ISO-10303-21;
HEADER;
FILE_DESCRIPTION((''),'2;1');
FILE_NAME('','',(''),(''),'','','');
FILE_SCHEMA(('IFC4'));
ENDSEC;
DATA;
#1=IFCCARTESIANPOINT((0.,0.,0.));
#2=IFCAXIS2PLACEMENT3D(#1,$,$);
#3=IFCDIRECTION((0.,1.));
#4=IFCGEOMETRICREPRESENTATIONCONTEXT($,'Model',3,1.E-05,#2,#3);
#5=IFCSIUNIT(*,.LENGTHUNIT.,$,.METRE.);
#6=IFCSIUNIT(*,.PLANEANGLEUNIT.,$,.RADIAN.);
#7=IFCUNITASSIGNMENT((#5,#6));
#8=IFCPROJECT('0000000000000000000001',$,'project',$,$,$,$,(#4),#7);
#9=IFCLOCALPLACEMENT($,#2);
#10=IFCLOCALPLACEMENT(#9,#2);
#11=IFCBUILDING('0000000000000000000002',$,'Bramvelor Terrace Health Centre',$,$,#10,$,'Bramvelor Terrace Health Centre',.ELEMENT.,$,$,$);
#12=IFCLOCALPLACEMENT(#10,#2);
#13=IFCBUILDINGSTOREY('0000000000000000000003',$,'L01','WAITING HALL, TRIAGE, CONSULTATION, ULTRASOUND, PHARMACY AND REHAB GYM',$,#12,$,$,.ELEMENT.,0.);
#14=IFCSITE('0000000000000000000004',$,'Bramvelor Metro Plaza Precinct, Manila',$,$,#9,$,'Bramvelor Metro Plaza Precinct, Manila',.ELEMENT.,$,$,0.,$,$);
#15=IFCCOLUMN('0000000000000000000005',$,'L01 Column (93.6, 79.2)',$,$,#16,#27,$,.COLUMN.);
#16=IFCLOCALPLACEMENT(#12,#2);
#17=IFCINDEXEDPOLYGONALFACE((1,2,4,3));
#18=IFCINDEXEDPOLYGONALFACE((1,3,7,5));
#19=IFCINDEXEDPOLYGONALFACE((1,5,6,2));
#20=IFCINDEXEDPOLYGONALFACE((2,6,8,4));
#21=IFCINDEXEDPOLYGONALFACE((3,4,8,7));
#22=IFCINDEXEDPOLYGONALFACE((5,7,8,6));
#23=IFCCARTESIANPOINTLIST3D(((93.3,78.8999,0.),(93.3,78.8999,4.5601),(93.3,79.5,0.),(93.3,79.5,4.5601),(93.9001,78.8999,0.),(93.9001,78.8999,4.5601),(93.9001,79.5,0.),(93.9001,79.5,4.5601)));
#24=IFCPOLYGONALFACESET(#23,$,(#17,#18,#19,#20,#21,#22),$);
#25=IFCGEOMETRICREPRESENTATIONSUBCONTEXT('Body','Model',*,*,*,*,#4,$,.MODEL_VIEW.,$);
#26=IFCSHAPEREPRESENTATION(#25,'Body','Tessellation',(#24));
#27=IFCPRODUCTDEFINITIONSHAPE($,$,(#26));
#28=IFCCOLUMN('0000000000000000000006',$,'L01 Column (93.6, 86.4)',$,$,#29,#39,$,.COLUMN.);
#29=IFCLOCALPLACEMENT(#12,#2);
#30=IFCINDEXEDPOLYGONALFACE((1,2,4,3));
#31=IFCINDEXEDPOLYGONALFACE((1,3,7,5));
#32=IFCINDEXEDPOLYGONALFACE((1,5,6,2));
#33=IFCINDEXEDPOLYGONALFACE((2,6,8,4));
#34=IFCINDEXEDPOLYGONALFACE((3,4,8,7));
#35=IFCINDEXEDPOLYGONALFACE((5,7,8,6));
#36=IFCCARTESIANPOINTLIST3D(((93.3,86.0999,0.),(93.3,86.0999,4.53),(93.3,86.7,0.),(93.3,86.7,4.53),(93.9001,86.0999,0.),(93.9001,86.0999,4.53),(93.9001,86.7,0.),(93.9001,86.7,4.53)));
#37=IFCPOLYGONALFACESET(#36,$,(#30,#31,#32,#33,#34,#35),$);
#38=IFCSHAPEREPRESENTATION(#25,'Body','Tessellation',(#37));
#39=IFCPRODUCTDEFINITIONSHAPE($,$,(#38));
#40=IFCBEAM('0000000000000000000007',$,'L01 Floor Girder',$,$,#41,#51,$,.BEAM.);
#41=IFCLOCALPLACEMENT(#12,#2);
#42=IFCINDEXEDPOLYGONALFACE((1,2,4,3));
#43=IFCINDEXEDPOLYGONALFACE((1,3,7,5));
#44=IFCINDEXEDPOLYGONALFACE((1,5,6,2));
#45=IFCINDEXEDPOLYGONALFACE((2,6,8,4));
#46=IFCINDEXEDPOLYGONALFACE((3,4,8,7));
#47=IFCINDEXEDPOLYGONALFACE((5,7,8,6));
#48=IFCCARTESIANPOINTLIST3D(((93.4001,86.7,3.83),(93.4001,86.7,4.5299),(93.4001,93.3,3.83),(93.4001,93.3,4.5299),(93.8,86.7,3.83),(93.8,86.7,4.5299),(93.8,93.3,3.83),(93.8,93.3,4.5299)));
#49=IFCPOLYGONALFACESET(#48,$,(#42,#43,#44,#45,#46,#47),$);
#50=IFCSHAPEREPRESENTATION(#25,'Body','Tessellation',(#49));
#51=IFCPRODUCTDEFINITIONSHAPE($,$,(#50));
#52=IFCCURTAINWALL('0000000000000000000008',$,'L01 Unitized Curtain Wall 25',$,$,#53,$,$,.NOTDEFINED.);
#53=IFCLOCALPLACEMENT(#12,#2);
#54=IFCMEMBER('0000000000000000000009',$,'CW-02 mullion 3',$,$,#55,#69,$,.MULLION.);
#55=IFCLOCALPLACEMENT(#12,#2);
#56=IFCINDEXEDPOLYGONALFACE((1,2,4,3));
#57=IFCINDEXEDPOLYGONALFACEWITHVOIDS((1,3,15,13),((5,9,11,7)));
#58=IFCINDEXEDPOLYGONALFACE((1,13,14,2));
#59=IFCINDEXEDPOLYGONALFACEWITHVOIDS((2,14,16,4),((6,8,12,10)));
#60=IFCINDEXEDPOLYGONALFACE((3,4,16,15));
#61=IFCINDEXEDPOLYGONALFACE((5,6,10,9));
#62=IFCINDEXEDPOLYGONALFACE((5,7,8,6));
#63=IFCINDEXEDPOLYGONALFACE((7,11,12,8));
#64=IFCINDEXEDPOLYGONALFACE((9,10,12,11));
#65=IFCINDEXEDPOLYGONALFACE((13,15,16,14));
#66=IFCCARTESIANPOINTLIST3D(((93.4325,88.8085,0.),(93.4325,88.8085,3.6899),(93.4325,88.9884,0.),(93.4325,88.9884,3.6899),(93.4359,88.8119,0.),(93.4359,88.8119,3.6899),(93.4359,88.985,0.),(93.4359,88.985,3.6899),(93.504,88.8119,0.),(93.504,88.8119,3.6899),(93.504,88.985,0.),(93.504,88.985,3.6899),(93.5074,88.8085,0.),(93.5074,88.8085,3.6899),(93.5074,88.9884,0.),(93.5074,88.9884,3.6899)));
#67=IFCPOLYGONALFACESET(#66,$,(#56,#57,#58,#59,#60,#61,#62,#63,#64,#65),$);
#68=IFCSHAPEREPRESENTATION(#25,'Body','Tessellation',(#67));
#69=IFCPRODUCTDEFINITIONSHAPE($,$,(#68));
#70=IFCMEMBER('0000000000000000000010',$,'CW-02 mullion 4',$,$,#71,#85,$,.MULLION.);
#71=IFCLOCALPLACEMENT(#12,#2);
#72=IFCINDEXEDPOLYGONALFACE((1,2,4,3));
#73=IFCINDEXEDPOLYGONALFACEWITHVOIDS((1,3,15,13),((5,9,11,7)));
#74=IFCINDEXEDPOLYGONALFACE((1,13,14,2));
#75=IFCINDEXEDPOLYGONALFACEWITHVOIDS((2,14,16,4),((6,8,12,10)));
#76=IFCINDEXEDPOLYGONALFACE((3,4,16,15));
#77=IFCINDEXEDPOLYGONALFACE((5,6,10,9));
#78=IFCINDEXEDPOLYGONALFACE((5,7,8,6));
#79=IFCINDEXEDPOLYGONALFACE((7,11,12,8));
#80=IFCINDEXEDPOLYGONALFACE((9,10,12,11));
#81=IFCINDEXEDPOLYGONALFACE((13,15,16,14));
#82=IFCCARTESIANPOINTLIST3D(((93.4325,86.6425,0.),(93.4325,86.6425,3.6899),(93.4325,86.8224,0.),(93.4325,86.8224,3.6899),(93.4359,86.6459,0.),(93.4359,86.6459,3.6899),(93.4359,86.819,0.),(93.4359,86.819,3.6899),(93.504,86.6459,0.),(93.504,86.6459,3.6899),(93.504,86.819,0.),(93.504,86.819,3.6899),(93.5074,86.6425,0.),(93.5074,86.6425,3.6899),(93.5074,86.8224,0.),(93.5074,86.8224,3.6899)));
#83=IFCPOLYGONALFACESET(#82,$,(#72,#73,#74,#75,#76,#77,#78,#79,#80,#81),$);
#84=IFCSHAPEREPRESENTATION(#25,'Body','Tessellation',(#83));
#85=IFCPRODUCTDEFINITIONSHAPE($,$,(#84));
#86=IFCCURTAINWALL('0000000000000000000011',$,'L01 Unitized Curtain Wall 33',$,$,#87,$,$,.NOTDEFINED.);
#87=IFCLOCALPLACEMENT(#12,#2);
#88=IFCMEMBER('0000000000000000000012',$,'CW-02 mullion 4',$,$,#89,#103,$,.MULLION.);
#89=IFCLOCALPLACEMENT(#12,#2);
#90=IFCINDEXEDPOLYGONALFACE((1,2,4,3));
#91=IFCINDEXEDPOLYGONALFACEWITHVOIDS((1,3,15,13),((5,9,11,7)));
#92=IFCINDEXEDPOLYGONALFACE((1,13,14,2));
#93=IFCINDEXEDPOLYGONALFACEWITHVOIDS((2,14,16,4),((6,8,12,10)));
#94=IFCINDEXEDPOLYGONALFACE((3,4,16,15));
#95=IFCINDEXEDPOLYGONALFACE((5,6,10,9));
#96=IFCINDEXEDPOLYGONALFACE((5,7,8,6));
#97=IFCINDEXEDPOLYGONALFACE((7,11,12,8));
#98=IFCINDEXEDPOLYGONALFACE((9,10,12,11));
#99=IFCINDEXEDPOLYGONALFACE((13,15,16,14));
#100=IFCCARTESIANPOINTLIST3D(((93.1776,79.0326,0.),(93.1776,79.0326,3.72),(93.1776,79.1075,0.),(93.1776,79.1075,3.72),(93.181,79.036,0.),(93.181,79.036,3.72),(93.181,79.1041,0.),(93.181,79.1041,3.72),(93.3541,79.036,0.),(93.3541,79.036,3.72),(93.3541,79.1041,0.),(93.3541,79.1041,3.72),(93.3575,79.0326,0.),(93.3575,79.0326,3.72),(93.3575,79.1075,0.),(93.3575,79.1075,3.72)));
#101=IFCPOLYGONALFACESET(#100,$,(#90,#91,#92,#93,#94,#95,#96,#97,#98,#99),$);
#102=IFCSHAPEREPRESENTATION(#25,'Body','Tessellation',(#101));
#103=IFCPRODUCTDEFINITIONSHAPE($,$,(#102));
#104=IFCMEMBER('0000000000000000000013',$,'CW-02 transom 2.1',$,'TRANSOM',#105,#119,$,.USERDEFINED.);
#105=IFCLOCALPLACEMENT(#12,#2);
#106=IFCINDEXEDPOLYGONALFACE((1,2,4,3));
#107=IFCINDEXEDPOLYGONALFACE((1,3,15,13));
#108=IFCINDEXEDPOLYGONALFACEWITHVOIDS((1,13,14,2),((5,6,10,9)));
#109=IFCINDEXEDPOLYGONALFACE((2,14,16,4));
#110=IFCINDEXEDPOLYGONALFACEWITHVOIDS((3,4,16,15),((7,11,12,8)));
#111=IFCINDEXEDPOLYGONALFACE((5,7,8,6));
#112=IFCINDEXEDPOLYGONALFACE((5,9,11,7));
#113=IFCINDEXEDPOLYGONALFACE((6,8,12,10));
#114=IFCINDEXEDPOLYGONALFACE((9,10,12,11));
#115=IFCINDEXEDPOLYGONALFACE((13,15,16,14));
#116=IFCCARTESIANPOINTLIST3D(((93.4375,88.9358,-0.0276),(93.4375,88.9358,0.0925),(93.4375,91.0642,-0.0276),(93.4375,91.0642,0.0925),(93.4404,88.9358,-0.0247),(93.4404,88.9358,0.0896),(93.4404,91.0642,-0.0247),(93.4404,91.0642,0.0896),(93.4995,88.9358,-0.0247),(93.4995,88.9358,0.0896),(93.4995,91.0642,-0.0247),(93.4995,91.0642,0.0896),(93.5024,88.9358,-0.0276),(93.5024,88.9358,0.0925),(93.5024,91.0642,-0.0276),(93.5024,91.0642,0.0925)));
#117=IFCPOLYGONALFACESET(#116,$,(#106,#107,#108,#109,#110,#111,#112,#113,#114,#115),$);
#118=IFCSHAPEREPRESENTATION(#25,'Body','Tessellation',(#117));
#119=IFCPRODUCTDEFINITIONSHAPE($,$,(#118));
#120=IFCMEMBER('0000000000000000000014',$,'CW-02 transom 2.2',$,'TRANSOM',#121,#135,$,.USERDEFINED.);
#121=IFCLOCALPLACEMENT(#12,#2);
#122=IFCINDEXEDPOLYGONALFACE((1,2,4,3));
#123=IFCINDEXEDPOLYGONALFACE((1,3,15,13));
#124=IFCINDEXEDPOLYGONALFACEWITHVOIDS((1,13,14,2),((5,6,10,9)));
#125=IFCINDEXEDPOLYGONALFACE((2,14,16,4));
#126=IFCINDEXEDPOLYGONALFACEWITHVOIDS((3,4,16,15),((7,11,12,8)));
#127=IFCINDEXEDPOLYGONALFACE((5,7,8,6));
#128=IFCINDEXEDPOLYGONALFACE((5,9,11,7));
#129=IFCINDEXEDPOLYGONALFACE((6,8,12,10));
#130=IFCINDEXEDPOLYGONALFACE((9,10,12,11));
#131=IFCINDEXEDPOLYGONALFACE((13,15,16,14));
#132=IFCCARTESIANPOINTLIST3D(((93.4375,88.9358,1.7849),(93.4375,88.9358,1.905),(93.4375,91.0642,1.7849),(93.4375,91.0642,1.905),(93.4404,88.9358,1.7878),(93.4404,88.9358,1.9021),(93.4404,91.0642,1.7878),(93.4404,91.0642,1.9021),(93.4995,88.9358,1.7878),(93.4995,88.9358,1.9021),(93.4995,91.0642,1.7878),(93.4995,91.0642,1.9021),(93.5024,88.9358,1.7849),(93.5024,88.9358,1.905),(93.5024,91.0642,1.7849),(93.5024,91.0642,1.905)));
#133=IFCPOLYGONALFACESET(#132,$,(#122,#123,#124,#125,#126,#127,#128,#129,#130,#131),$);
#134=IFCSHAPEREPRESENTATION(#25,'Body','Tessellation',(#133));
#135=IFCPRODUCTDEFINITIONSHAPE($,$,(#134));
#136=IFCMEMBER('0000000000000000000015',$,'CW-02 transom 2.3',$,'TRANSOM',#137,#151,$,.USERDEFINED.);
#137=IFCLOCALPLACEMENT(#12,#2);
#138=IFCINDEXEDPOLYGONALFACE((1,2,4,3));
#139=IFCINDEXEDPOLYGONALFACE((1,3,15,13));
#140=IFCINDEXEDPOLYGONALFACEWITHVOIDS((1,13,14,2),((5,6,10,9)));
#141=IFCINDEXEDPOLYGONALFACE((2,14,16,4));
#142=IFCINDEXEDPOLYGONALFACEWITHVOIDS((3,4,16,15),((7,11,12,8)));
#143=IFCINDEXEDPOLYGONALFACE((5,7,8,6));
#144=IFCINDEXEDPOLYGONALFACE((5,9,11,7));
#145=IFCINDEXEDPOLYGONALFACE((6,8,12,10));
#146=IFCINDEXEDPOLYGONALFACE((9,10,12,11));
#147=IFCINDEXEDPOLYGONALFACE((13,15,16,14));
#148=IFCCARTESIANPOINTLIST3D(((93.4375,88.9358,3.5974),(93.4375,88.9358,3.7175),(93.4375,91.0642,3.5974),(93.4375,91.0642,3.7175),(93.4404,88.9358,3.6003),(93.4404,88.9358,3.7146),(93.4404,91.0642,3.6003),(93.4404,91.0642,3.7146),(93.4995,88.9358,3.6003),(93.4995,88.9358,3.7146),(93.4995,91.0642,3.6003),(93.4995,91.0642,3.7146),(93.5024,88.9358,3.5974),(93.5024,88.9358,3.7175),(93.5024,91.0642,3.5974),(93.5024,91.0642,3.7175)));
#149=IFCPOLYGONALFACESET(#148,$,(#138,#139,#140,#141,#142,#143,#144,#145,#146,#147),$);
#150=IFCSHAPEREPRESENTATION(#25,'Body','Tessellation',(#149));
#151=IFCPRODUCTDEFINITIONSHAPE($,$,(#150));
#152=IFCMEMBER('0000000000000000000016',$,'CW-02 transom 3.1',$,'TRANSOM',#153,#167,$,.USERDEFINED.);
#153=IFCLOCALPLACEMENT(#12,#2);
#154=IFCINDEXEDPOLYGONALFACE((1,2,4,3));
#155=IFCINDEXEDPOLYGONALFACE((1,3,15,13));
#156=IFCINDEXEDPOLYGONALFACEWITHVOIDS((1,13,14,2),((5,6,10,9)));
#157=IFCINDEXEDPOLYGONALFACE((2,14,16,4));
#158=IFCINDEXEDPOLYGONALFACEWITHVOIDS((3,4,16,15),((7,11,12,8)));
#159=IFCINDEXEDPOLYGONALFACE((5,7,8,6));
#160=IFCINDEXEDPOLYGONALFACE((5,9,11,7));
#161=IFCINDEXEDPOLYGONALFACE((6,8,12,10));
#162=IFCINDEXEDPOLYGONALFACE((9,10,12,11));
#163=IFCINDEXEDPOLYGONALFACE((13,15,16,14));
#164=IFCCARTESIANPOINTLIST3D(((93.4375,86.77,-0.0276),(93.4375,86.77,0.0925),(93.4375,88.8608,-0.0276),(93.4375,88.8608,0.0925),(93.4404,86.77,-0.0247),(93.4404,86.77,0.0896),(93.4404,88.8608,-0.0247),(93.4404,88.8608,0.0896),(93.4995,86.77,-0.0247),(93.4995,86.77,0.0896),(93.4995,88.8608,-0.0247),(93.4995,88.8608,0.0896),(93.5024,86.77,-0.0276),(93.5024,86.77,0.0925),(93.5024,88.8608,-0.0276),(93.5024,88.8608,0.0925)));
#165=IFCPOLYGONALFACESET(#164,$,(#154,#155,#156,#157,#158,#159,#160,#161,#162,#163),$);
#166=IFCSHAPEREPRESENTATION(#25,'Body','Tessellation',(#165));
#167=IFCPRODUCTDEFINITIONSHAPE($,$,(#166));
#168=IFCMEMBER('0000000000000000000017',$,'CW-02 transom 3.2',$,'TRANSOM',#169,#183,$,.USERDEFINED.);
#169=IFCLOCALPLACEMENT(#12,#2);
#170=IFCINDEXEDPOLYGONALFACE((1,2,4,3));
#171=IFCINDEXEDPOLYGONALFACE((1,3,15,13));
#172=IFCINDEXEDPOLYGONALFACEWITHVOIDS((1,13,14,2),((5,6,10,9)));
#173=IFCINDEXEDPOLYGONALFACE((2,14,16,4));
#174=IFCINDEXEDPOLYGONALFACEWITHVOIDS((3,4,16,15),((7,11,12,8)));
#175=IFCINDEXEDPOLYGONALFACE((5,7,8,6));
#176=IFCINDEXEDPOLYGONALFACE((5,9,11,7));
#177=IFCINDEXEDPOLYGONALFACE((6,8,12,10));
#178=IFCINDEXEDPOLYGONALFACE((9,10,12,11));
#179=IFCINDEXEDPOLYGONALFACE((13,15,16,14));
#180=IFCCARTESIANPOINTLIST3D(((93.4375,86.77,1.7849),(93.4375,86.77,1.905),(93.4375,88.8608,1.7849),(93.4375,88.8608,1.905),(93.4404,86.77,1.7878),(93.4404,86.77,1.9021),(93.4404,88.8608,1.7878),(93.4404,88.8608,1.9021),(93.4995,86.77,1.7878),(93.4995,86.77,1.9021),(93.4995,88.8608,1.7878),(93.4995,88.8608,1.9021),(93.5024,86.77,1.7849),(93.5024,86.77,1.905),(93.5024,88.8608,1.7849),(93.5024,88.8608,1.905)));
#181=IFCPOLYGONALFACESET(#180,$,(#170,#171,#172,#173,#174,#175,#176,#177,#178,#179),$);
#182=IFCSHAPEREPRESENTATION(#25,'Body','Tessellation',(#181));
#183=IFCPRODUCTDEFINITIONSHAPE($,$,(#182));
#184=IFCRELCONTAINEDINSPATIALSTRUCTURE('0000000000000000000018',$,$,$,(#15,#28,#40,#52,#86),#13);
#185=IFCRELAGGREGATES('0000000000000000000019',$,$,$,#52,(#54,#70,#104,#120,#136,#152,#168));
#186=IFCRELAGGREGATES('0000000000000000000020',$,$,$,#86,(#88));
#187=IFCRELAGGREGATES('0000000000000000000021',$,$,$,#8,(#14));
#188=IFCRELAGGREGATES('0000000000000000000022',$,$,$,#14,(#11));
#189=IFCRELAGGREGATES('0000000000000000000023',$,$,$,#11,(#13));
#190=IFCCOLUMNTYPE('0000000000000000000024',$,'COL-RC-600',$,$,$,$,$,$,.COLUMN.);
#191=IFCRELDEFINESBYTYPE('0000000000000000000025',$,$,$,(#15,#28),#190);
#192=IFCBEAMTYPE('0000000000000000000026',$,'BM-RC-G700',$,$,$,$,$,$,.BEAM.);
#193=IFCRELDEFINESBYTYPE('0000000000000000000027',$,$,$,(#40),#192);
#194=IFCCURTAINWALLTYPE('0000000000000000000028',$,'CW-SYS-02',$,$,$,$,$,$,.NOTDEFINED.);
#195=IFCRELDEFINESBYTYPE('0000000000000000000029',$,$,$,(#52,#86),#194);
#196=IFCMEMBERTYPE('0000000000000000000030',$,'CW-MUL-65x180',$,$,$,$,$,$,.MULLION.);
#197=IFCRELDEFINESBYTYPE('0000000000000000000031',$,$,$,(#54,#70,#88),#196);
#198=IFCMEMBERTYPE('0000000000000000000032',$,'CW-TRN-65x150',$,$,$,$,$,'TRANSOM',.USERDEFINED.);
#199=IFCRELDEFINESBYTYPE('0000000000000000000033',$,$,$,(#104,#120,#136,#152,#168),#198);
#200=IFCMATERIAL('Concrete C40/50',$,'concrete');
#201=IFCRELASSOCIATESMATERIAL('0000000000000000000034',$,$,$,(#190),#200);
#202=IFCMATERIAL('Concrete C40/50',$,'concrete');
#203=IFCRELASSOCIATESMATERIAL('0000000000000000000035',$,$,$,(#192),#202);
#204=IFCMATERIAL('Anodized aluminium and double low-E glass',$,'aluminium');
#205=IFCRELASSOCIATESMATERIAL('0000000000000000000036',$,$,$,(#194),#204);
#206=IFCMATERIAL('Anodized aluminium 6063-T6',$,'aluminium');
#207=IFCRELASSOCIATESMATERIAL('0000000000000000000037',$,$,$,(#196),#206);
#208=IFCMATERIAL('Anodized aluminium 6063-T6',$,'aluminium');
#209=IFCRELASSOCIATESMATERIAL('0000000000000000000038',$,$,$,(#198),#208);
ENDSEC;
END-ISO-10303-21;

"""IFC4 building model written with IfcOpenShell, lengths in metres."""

from ifc_helpers import new_model, si_unit, direction, frame, origin, origin_2d, place, context, subcontext, project, spatial, rectangle, hollow_rectangle, extrude, material, material_profile, profile_set, type_object, element, aggregate, save


model = new_model("IFC4")

# Units and contexts
model_context = context("Model", 3, precision=1e-05, world=origin(), true_north=direction((0.0, 1.0)))
body_context = subcontext(model_context, "Body", "Model", "MODEL_VIEW")
ifc_project = project(units=[si_unit("LENGTHUNIT", "METRE"), si_unit("PLANEANGLEUNIT", "RADIAN")], contexts=[model_context])

# Site, building, storey
site_placement = place(None, origin())
site = spatial("IfcSite", under=ifc_project, at=site_placement, Name="Bramvelor Metro Plaza Precinct, Manila", LongName="Bramvelor Metro Plaza Precinct, Manila", CompositionType="ELEMENT", RefElevation=0.0)
building_placement = place(site_placement, origin())
building = spatial("IfcBuilding", under=site, at=building_placement, Name="Bramvelor Terrace Health Centre", LongName="Bramvelor Terrace Health Centre", CompositionType="ELEMENT")
storey_placement = place(building_placement, origin())
storey = spatial("IfcBuildingStorey", under=building, at=storey_placement, Name="L01", Description="WAITING HALL, TRIAGE, CONSULTATION, ULTRASOUND, PHARMACY AND REHAB GYM", CompositionType="ELEMENT", Elevation=0.0)

# Columns
ifc_material_1 = material(Name="Concrete C40/50", Category="concrete")
ifc_material_profile_1 = material_profile(ifc_material_1, rectangle(XDim=0.6001, YDim=0.6001, at=origin_2d()), Name="RC 600x600")
ifc_profile_set_1 = profile_set([ifc_material_profile_1], Name="Concrete C40/50")
column_type = type_object("IfcColumnType", Name="COL-RC-600", PredefinedType="COLUMN", material=ifc_profile_set_1)
column_1_placement = place(storey_placement, frame((93.6001, 79.2, 0.0), z_axis=(0.0, 0.0, 1.0), x_axis=(1.0, 0.0, 0.0)))
element("IfcColumn", 1, at=column_1_placement, inside=storey, type_object=column_type, Name="L01 Column (93.6, 79.2)", PredefinedType="COLUMN", context=body_context, shape_type="SweptSolid", body=[
    extrude(rectangle(XDim=0.6001, YDim=0.6001, at=origin_2d()), origin(), (0.0, 0.0, 1.0), 4.5601),
])
column_2_placement = place(storey_placement, frame((93.6001, 86.3999, 0.0), z_axis=(0.0, 0.0, 1.0), x_axis=(1.0, 0.0, 0.0)))
element("IfcColumn", 2, at=column_2_placement, inside=storey, type_object=column_type, Name="L01 Column (93.6, 86.4)", PredefinedType="COLUMN", context=body_context, shape_type="SweptSolid", body=[
    extrude(rectangle(XDim=0.6001, YDim=0.6001, at=origin_2d()), origin(), (0.0, 0.0, 1.0), 4.53),
])

# Beam
ifc_material_2 = material(Name="Concrete C40/50", Category="concrete")
ifc_material_profile_2 = material_profile(ifc_material_2, rectangle(XDim=0.3999, YDim=0.7, at=origin_2d()), Name="RC 400x700")
ifc_profile_set_2 = profile_set([ifc_material_profile_2], Name="Concrete C40/50")
beam_type = type_object("IfcBeamType", Name="BM-RC-G700", PredefinedType="BEAM", material=ifc_profile_set_2)
beam_placement = place(storey_placement, frame((93.6001, 86.7, 4.1799), z_axis=(0.0, 1.0, 0.0), x_axis=(-1.0, 0.0, 0.0)))
element("IfcBeam", 3, at=beam_placement, inside=storey, type_object=beam_type, Name="L01 Floor Girder", PredefinedType="BEAM", context=body_context, shape_type="SweptSolid", body=[
    extrude(rectangle(XDim=0.3999, YDim=0.7, at=origin_2d()), origin(), (0.0, 0.0, 1.0), 6.6001),
])

# Curtain wall, members
ifc_material_3 = material(Name="Anodized aluminium and double low-E glass", Category="aluminium")
curtain_wall_type = type_object("IfcCurtainWallType", Name="CW-SYS-02", PredefinedType="NOTDEFINED", material=ifc_material_3)
curtain_wall_1_placement = place(storey_placement, origin())
curtain_wall_1 = element("IfcCurtainWall", 4, at=curtain_wall_1_placement, inside=storey, type_object=curtain_wall_type, Name="L01 Unitized Curtain Wall 25", PredefinedType="NOTDEFINED")
ifc_material_4 = material(Name="Anodized aluminium 6063-T6", Category="aluminium")
ifc_material_profile_3 = material_profile(ifc_material_4, hollow_rectangle(XDim=0.075, YDim=0.1799, WallThickness=0.0034, at=origin_2d()), Name="ALU-MUL 75x180x3.5")
ifc_profile_set_3 = profile_set([ifc_material_profile_3], Name="Anodized aluminium 6063-T6")
member_type_1 = type_object("IfcMemberType", Name="CW-MUL-65x180", PredefinedType="MULLION", material=ifc_profile_set_3)
member_1_placement = place(storey_placement, frame((93.47, 88.8984, 0.0), z_axis=(0.0, 0.0, 1.0), x_axis=(1.0, 0.0, 0.0)))
member_1 = element("IfcMember", 5, at=member_1_placement, type_object=member_type_1, Name="CW-02 mullion 3", PredefinedType="MULLION", context=body_context, shape_type="SweptSolid", body=[
    extrude(hollow_rectangle(XDim=0.075, YDim=0.1799, WallThickness=0.0034, at=origin_2d()), origin(), (0.0, 0.0, 1.0), 3.6899),
])
member_2_placement = place(storey_placement, frame((93.47, 86.7324, 0.0), z_axis=(0.0, 0.0, 1.0), x_axis=(1.0, 0.0, 0.0)))
member_2 = element("IfcMember", 6, at=member_2_placement, type_object=member_type_1, Name="CW-02 mullion 4", PredefinedType="MULLION", context=body_context, shape_type="SweptSolid", body=[
    extrude(hollow_rectangle(XDim=0.075, YDim=0.1799, WallThickness=0.0034, at=origin_2d()), origin(), (0.0, 0.0, 1.0), 3.6899),
])

# Curtain wall, member
curtain_wall_2_placement = place(storey_placement, origin())
curtain_wall_2 = element("IfcCurtainWall", 7, at=curtain_wall_2_placement, inside=storey, type_object=curtain_wall_type, Name="L01 Unitized Curtain Wall 33", PredefinedType="NOTDEFINED")
member_3_placement = place(storey_placement, frame((93.2676, 79.0701, 0.0), z_axis=(0.0, 0.0, 1.0), x_axis=(0.0, 1.0, 0.0)))
member_3 = element("IfcMember", 8, at=member_3_placement, type_object=member_type_1, Name="CW-02 mullion 4", PredefinedType="MULLION", context=body_context, shape_type="SweptSolid", body=[
    extrude(hollow_rectangle(XDim=0.075, YDim=0.1799, WallThickness=0.0034, at=origin_2d()), origin(), (0.0, 0.0, 1.0), 3.72),
])

# Members
ifc_material_5 = material(Name="Anodized aluminium 6063-T6", Category="aluminium")
ifc_material_profile_4 = material_profile(ifc_material_5, hollow_rectangle(XDim=0.0649, YDim=0.1201, WallThickness=0.0029, at=origin_2d()), Name="ALU-TRN 65x120x3.0")
ifc_profile_set_4 = profile_set([ifc_material_profile_4], Name="Anodized aluminium 6063-T6")
member_type_2 = type_object("IfcMemberType", Name="CW-TRN-65x150", ElementType="TRANSOM", PredefinedType="USERDEFINED", material=ifc_profile_set_4)
member_4_placement = place(storey_placement, frame((93.47, 91.0642, 0.0325), z_axis=(0.0, -1.0, 0.0), x_axis=(1.0, 0.0, 0.0)))
member_4 = element("IfcMember", 9, at=member_4_placement, type_object=member_type_2, Name="CW-02 transom 2.1", ObjectType="TRANSOM", PredefinedType="USERDEFINED", context=body_context, shape_type="SweptSolid", body=[
    extrude(hollow_rectangle(XDim=0.0649, YDim=0.1201, WallThickness=0.0029, at=origin_2d()), origin(), (0.0, 0.0, 1.0), 2.1284),
])
member_5_placement = place(storey_placement, frame((93.47, 91.0642, 1.845), z_axis=(0.0, -1.0, 0.0), x_axis=(1.0, 0.0, 0.0)))
member_5 = element("IfcMember", 10, at=member_5_placement, type_object=member_type_2, Name="CW-02 transom 2.2", ObjectType="TRANSOM", PredefinedType="USERDEFINED", context=body_context, shape_type="SweptSolid", body=[
    extrude(hollow_rectangle(XDim=0.0649, YDim=0.1201, WallThickness=0.0029, at=origin_2d()), origin(), (0.0, 0.0, 1.0), 2.1284),
])
member_6_placement = place(storey_placement, frame((93.47, 91.0642, 3.6575), z_axis=(0.0, -1.0, 0.0), x_axis=(1.0, 0.0, 0.0)))
member_6 = element("IfcMember", 11, at=member_6_placement, type_object=member_type_2, Name="CW-02 transom 2.3", ObjectType="TRANSOM", PredefinedType="USERDEFINED", context=body_context, shape_type="SweptSolid", body=[
    extrude(hollow_rectangle(XDim=0.0649, YDim=0.1201, WallThickness=0.0029, at=origin_2d()), origin(), (0.0, 0.0, 1.0), 2.1284),
])
member_7_placement = place(storey_placement, frame((93.47, 88.8608, 0.0325), z_axis=(0.0, -1.0, 0.0), x_axis=(1.0, 0.0, 0.0)))
member_7 = element("IfcMember", 12, at=member_7_placement, type_object=member_type_2, Name="CW-02 transom 3.1", ObjectType="TRANSOM", PredefinedType="USERDEFINED", context=body_context, shape_type="SweptSolid", body=[
    extrude(hollow_rectangle(XDim=0.0649, YDim=0.1201, WallThickness=0.0029, at=origin_2d()), origin(), (0.0, 0.0, 1.0), 2.0908),
])
member_8_placement = place(storey_placement, frame((93.47, 88.8608, 1.845), z_axis=(0.0, -1.0, 0.0), x_axis=(1.0, 0.0, 0.0)))
member_8 = element("IfcMember", 13, at=member_8_placement, type_object=member_type_2, Name="CW-02 transom 3.2", ObjectType="TRANSOM", PredefinedType="USERDEFINED", context=body_context, shape_type="SweptSolid", body=[
    extrude(hollow_rectangle(XDim=0.0649, YDim=0.1201, WallThickness=0.0029, at=origin_2d()), origin(), (0.0, 0.0, 1.0), 2.0908),
])

aggregate(curtain_wall_1, [member_1, member_2, member_4, member_5, member_6, member_7, member_8])
aggregate(curtain_wall_2, [member_3])

save(model, "model.ifc")
